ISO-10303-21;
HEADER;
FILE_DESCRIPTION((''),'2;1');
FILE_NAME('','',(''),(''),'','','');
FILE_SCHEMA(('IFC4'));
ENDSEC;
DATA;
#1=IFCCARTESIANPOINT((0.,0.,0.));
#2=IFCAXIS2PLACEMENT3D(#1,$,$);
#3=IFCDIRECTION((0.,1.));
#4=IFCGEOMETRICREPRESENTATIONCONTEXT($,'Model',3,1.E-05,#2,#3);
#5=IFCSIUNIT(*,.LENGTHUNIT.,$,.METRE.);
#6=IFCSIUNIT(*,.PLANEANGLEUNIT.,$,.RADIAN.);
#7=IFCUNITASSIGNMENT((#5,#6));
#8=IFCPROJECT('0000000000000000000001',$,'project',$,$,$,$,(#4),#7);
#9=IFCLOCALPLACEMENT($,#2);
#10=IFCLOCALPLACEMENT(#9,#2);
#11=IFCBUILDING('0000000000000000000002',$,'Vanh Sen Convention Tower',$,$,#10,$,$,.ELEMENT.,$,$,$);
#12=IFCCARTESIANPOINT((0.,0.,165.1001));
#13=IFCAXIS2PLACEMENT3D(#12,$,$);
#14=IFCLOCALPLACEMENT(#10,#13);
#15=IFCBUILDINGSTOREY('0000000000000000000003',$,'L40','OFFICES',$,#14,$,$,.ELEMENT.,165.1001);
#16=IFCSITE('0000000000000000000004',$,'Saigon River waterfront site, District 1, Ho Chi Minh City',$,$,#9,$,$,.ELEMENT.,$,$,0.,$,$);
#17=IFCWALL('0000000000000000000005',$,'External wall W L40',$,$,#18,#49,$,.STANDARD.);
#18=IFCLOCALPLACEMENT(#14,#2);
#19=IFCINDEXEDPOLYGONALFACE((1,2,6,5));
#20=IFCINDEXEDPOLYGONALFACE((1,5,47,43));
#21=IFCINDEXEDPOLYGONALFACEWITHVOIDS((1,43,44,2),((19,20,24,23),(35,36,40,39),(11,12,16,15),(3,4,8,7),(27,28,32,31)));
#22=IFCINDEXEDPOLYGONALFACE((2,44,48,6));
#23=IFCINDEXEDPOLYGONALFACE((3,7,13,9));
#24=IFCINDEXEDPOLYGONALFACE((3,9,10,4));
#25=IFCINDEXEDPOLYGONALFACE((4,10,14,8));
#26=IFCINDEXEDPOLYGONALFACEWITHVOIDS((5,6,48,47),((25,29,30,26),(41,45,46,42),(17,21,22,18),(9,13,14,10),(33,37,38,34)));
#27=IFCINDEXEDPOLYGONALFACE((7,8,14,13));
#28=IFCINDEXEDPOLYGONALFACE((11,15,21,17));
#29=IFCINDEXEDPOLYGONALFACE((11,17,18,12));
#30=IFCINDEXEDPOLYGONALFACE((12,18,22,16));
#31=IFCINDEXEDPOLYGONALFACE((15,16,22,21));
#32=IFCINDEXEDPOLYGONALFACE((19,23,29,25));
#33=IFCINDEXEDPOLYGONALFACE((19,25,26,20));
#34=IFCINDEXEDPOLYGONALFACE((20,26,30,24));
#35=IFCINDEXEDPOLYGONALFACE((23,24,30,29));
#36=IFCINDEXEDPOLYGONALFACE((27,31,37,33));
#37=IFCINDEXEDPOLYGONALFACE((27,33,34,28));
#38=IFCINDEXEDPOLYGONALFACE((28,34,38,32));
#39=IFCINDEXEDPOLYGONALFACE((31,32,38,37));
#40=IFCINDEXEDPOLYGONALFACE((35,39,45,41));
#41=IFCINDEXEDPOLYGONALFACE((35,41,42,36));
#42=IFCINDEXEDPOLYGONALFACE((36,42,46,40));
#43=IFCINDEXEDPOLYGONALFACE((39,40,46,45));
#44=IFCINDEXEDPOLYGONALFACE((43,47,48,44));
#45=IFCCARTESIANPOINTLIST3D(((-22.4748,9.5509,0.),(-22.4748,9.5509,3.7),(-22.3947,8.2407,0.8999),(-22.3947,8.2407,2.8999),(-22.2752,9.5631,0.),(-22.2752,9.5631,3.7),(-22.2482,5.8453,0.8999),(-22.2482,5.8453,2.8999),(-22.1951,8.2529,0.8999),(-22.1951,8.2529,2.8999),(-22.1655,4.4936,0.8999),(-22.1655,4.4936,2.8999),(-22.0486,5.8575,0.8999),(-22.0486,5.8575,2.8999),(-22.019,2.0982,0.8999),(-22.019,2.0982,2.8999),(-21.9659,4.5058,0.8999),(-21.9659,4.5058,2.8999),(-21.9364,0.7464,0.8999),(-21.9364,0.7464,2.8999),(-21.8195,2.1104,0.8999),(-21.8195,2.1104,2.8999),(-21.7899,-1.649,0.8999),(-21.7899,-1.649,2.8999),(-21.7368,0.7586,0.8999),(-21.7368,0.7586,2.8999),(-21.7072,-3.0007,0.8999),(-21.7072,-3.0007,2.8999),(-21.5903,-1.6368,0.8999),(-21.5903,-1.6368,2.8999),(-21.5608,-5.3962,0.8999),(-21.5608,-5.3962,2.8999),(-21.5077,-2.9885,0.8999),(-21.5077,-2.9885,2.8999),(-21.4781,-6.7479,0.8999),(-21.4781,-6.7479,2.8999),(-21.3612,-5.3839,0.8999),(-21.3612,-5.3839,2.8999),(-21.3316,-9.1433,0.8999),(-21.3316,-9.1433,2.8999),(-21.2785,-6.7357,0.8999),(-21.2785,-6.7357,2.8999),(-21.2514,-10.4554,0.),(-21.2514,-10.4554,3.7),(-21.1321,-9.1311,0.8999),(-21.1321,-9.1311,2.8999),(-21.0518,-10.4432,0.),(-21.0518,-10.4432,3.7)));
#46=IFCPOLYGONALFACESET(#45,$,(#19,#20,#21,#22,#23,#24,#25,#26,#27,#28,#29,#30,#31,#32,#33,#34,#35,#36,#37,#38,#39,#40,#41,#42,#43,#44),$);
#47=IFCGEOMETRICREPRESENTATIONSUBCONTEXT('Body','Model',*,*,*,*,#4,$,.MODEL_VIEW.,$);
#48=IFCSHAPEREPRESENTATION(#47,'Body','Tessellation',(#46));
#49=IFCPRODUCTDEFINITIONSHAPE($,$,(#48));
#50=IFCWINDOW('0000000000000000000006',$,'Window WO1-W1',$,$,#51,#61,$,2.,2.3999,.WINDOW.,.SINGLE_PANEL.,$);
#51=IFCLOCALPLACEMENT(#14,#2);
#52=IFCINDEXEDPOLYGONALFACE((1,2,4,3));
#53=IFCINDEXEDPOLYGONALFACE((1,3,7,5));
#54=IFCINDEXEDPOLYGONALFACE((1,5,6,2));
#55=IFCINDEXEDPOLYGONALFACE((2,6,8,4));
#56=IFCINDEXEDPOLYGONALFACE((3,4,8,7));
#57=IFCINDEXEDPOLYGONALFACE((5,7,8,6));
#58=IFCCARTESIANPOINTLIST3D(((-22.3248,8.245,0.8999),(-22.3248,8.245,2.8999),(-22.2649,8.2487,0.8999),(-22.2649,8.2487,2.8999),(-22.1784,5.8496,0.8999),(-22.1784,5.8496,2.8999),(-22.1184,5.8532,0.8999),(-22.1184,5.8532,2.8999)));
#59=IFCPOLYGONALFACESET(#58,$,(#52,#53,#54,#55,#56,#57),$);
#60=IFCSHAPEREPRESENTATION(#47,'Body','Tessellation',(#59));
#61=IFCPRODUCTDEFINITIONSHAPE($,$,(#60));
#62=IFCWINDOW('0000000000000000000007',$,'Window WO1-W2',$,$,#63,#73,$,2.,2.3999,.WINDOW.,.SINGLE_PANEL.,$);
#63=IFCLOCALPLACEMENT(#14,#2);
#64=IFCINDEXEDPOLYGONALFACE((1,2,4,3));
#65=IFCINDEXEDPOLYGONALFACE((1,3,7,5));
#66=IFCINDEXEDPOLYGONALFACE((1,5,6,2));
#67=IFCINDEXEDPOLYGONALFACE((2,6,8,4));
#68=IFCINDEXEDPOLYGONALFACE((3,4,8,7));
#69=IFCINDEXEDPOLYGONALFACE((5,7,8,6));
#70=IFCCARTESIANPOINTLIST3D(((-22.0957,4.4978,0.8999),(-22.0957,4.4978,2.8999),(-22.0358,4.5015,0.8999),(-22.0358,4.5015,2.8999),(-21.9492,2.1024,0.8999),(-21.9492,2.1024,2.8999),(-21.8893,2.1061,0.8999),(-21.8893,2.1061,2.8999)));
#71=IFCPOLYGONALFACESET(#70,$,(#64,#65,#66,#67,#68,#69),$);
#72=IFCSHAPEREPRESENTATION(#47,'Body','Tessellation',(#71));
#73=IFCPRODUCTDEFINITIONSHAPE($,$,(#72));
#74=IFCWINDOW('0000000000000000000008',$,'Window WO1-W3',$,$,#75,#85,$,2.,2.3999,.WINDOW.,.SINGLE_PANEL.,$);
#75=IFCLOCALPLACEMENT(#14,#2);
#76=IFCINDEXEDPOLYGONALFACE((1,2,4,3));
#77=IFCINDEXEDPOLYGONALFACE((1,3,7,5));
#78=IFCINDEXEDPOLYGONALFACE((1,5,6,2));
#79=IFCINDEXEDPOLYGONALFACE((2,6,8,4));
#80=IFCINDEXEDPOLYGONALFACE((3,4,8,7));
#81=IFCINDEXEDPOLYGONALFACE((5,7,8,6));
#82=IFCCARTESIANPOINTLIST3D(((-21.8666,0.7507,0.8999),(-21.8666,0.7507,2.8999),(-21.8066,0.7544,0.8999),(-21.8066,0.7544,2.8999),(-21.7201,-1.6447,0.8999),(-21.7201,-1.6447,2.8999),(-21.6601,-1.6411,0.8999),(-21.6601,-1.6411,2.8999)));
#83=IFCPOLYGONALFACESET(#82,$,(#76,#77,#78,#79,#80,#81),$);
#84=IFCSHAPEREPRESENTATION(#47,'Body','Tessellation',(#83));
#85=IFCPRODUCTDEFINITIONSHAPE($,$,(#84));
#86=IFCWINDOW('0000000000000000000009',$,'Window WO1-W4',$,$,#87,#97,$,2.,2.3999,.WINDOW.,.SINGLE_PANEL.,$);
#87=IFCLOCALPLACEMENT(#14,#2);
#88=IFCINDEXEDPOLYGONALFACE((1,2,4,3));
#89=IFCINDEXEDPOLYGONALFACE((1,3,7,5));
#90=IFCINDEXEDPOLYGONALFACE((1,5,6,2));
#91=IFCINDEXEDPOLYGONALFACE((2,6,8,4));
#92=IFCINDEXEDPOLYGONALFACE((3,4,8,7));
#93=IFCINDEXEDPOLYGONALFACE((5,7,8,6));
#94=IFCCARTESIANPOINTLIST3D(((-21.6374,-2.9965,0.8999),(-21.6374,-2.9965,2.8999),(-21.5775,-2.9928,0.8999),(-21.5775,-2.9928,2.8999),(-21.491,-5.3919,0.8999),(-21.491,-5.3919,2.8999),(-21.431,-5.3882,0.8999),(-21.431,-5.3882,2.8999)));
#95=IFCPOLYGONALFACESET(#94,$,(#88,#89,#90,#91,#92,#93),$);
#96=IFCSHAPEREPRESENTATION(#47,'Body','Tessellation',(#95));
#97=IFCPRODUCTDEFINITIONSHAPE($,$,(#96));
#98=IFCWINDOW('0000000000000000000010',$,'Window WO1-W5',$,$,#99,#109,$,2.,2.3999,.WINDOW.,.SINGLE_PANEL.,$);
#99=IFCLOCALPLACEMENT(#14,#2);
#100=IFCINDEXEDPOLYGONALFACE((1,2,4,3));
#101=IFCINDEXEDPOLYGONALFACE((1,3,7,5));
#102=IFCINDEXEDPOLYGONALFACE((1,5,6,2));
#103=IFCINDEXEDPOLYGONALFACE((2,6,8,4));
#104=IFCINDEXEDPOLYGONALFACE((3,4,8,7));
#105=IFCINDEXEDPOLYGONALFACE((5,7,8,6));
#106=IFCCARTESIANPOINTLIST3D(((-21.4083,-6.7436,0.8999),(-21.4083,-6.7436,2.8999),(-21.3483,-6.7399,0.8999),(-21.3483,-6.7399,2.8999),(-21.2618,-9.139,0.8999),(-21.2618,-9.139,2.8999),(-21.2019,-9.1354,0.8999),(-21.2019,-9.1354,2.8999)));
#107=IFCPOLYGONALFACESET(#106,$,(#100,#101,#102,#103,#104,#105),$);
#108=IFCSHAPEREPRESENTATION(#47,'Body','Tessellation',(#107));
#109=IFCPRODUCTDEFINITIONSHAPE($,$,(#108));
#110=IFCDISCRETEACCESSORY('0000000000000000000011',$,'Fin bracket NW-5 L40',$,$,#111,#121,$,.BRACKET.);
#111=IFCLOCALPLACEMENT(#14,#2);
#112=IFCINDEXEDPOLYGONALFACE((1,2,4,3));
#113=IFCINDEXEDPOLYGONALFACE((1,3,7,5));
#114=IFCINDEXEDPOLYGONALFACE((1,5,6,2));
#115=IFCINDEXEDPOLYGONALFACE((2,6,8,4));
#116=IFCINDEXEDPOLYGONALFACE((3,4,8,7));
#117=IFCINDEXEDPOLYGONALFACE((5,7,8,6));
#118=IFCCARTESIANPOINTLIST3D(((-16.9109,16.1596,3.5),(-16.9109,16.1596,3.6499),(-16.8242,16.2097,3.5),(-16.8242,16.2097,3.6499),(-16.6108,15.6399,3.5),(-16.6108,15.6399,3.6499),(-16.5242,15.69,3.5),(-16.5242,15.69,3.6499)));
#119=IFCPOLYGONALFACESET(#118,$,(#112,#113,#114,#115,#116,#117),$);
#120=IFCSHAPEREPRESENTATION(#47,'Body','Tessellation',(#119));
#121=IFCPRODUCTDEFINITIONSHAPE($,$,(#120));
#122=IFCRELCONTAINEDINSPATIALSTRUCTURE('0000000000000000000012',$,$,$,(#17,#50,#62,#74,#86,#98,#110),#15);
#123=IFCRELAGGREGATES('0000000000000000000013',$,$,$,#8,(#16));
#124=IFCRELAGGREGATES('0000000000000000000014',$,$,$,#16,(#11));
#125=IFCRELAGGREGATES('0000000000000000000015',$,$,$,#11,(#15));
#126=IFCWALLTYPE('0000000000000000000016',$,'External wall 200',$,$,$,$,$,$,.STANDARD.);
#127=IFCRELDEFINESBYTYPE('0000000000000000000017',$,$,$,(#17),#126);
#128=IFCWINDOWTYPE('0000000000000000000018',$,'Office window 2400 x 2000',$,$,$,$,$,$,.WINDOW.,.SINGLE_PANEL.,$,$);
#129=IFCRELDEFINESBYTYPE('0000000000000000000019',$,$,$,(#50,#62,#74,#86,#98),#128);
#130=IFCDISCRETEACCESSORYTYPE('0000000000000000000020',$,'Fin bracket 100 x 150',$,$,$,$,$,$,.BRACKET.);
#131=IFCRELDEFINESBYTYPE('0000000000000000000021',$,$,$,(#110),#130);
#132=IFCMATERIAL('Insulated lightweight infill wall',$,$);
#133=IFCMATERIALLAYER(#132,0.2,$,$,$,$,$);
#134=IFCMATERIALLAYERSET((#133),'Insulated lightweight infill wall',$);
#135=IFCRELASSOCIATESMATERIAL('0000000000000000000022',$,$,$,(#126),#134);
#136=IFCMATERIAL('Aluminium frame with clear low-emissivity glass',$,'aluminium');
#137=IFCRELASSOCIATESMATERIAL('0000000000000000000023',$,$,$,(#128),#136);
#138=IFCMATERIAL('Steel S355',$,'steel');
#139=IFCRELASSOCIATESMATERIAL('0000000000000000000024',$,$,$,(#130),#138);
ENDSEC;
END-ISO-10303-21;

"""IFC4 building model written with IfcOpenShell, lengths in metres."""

from ifc_helpers import new_model, si_unit, direction, frame, frame_2d, origin, origin_2d, place, context, subcontext, project, spatial, rectangle, extrude, material, layer, layer_set, type_object, element, fill, save


model = new_model("IFC4")

# Units and contexts
model_context = context("Model", 3, precision=1e-05, world=origin(), true_north=direction((0.0, 1.0)))
body_context = subcontext(model_context, "Body", "Model", "MODEL_VIEW")
ifc_project = project(units=[si_unit("LENGTHUNIT", "METRE"), si_unit("PLANEANGLEUNIT", "RADIAN")], contexts=[model_context])

# Site, building, storey
site_placement = place(None, origin())
site = spatial("IfcSite", under=ifc_project, at=site_placement, Name="Saigon River waterfront site, District 1, Ho Chi Minh City", CompositionType="ELEMENT", RefElevation=0.0)
building_placement = place(site_placement, origin())
building = spatial("IfcBuilding", under=site, at=building_placement, Name="Vanh Sen Convention Tower", CompositionType="ELEMENT")
storey_placement = place(building_placement, frame((0.0, 0.0, 165.1001)))
storey = spatial("IfcBuildingStorey", under=building, at=storey_placement, Name="L40", Description="OFFICES", CompositionType="ELEMENT", Elevation=165.1001)

# Shared definitions
ifc_material_1 = material(Name="Insulated lightweight infill wall")
ifc_layer_1 = layer(ifc_material_1, 0.2)
ifc_layer_set_1 = layer_set([ifc_layer_1], Name="Insulated lightweight infill wall")
wall_type_1 = type_object("IfcWallType", Name="External wall 200", PredefinedType="STANDARD", material=ifc_layer_set_1)
ifc_material_2 = material(Name="Aluminium frame with clear low-emissivity glass", Category="aluminium")

# Wall, openings, windows
wall_1_placement = place(storey_placement, frame((-22.375, 9.5571, 0.0), z_axis=(0.0, 0.0, 1.0), x_axis=(0.061036, -0.998136, 0.0)))
wall_1 = element("IfcWall", 1, at=wall_1_placement, inside=storey, type_object=wall_type_1, Name="External wall W L40", PredefinedType="STANDARD", context=body_context, shape_type="SweptSolid", body=[
    extrude(rectangle(XDim=20.0437, YDim=0.2, at=frame_2d((10.022, 0.0))), origin(), (0.0, 0.0, 1.0), 3.7),
])
opening_1_placement = place(wall_1_placement, frame((1.3127, 0.0, 0.8999)))
opening_1 = element("IfcOpeningElement", 2, at=opening_1_placement, cuts=wall_1, PredefinedType="OPENING", context=body_context, shape_type="SweptSolid", body=[
    extrude(rectangle(XDim=2.3999, YDim=2.0, at=frame_2d((1.2, 1.0))), frame((0.0, 0.1099, 0.0), z_axis=(0.0, -1.0, 0.0), x_axis=(1.0, 0.0, 0.0)), (0.0, 0.0, 1.0), 0.22),
])
opening_2_placement = place(wall_1_placement, frame((5.0669, 0.0, 0.8999)))
opening_2 = element("IfcOpeningElement", 3, at=opening_2_placement, cuts=wall_1, PredefinedType="OPENING", context=body_context, shape_type="SweptSolid", body=[
    extrude(rectangle(XDim=2.3999, YDim=2.0, at=frame_2d((1.2, 1.0))), frame((0.0, 0.1099, 0.0), z_axis=(0.0, -1.0, 0.0), x_axis=(1.0, 0.0, 0.0)), (0.0, 0.0, 1.0), 0.22),
])
opening_3_placement = place(wall_1_placement, frame((8.821, 0.0, 0.8999)))
opening_3 = element("IfcOpeningElement", 4, at=opening_3_placement, cuts=wall_1, PredefinedType="OPENING", context=body_context, shape_type="SweptSolid", body=[
    extrude(rectangle(XDim=2.3999, YDim=2.0, at=frame_2d((1.2, 1.0))), frame((0.0, 0.1099, 0.0), z_axis=(0.0, -1.0, 0.0), x_axis=(1.0, 0.0, 0.0)), (0.0, 0.0, 1.0), 0.22),
])
opening_4_placement = place(wall_1_placement, frame((12.5752, 0.0, 0.8999)))
opening_4 = element("IfcOpeningElement", 5, at=opening_4_placement, cuts=wall_1, PredefinedType="OPENING", context=body_context, shape_type="SweptSolid", body=[
    extrude(rectangle(XDim=2.3999, YDim=2.0, at=frame_2d((1.2, 1.0))), frame((0.0, 0.1099, 0.0), z_axis=(0.0, -1.0, 0.0), x_axis=(1.0, 0.0, 0.0)), (0.0, 0.0, 1.0), 0.22),
])
opening_5_placement = place(wall_1_placement, frame((16.3293, 0.0, 0.8999)))
opening_5 = element("IfcOpeningElement", 6, at=opening_5_placement, cuts=wall_1, PredefinedType="OPENING", context=body_context, shape_type="SweptSolid", body=[
    extrude(rectangle(XDim=2.3999, YDim=2.0, at=frame_2d((1.2, 1.0))), frame((0.0, 0.1099, 0.0), z_axis=(0.0, -1.0, 0.0), x_axis=(1.0, 0.0, 0.0)), (0.0, 0.0, 1.0), 0.22),
])
window_type_1 = type_object("IfcWindowType", Name="Office window 2400 x 2000", PartitioningType="SINGLE_PANEL", PredefinedType="WINDOW", material=ifc_material_2)
window_1_placement = place(opening_1_placement, origin())
window_1 = element("IfcWindow", 7, at=window_1_placement, inside=storey, type_object=window_type_1, Name="Window WO1-W1", OverallHeight=2.0, OverallWidth=2.3999, PartitioningType="SINGLE_PANEL", PredefinedType="WINDOW", context=body_context, shape_type="SweptSolid", body=[
    extrude(rectangle(XDim=2.3999, YDim=2.0, at=frame_2d((1.2, 1.0))), frame((0.0, 0.03, 0.0), z_axis=(0.0, -1.0, 0.0), x_axis=(1.0, 0.0, 0.0)), (0.0, 0.0, 1.0), 0.0601),
])
fill(opening_1, window_1)
window_2_placement = place(opening_2_placement, origin())
window_2 = element("IfcWindow", 8, at=window_2_placement, inside=storey, type_object=window_type_1, Name="Window WO1-W2", OverallHeight=2.0, OverallWidth=2.3999, PartitioningType="SINGLE_PANEL", PredefinedType="WINDOW", context=body_context, shape_type="SweptSolid", body=[
    extrude(rectangle(XDim=2.3999, YDim=2.0, at=frame_2d((1.2, 1.0))), frame((0.0, 0.03, 0.0), z_axis=(0.0, -1.0, 0.0), x_axis=(1.0, 0.0, 0.0)), (0.0, 0.0, 1.0), 0.0601),
])
fill(opening_2, window_2)
window_3_placement = place(opening_3_placement, origin())
window_3 = element("IfcWindow", 9, at=window_3_placement, inside=storey, type_object=window_type_1, Name="Window WO1-W3", OverallHeight=2.0, OverallWidth=2.3999, PartitioningType="SINGLE_PANEL", PredefinedType="WINDOW", context=body_context, shape_type="SweptSolid", body=[
    extrude(rectangle(XDim=2.3999, YDim=2.0, at=frame_2d((1.2, 1.0))), frame((0.0, 0.03, 0.0), z_axis=(0.0, -1.0, 0.0), x_axis=(1.0, 0.0, 0.0)), (0.0, 0.0, 1.0), 0.0601),
])
fill(opening_3, window_3)
window_4_placement = place(opening_4_placement, origin())
window_4 = element("IfcWindow", 10, at=window_4_placement, inside=storey, type_object=window_type_1, Name="Window WO1-W4", OverallHeight=2.0, OverallWidth=2.3999, PartitioningType="SINGLE_PANEL", PredefinedType="WINDOW", context=body_context, shape_type="SweptSolid", body=[
    extrude(rectangle(XDim=2.3999, YDim=2.0, at=frame_2d((1.2, 1.0))), frame((0.0, 0.03, 0.0), z_axis=(0.0, -1.0, 0.0), x_axis=(1.0, 0.0, 0.0)), (0.0, 0.0, 1.0), 0.0601),
])
fill(opening_4, window_4)
window_5_placement = place(opening_5_placement, origin())
window_5 = element("IfcWindow", 11, at=window_5_placement, inside=storey, type_object=window_type_1, Name="Window WO1-W5", OverallHeight=2.0, OverallWidth=2.3999, PartitioningType="SINGLE_PANEL", PredefinedType="WINDOW", context=body_context, shape_type="SweptSolid", body=[
    extrude(rectangle(XDim=2.3999, YDim=2.0, at=frame_2d((1.2, 1.0))), frame((0.0, 0.03, 0.0), z_axis=(0.0, -1.0, 0.0), x_axis=(1.0, 0.0, 0.0)), (0.0, 0.0, 1.0), 0.0601),
])
fill(opening_5, window_5)

# Discrete accessory
ifc_material_3 = material(Name="Steel S355", Category="steel")
discrete_accessory_type = type_object("IfcDiscreteAccessoryType", Name="Fin bracket 100 x 150", PredefinedType="BRACKET", material=ifc_material_3)
discrete_accessory_placement = place(storey_placement, frame((-16.7175, 15.9248, 3.5), z_axis=(0.0, 0.0, 1.0), x_axis=(-0.5, 0.866025, 0.0)))
element("IfcDiscreteAccessory", 12, at=discrete_accessory_placement, inside=storey, type_object=discrete_accessory_type, Name="Fin bracket NW-5 L40", PredefinedType="BRACKET", context=body_context, shape_type="SweptSolid", body=[
    extrude(rectangle(XDim=0.6001, YDim=0.1001, at=origin_2d()), origin(), (0.0, 0.0, 1.0), 0.1499),
])

save(model, "model.ifc")
